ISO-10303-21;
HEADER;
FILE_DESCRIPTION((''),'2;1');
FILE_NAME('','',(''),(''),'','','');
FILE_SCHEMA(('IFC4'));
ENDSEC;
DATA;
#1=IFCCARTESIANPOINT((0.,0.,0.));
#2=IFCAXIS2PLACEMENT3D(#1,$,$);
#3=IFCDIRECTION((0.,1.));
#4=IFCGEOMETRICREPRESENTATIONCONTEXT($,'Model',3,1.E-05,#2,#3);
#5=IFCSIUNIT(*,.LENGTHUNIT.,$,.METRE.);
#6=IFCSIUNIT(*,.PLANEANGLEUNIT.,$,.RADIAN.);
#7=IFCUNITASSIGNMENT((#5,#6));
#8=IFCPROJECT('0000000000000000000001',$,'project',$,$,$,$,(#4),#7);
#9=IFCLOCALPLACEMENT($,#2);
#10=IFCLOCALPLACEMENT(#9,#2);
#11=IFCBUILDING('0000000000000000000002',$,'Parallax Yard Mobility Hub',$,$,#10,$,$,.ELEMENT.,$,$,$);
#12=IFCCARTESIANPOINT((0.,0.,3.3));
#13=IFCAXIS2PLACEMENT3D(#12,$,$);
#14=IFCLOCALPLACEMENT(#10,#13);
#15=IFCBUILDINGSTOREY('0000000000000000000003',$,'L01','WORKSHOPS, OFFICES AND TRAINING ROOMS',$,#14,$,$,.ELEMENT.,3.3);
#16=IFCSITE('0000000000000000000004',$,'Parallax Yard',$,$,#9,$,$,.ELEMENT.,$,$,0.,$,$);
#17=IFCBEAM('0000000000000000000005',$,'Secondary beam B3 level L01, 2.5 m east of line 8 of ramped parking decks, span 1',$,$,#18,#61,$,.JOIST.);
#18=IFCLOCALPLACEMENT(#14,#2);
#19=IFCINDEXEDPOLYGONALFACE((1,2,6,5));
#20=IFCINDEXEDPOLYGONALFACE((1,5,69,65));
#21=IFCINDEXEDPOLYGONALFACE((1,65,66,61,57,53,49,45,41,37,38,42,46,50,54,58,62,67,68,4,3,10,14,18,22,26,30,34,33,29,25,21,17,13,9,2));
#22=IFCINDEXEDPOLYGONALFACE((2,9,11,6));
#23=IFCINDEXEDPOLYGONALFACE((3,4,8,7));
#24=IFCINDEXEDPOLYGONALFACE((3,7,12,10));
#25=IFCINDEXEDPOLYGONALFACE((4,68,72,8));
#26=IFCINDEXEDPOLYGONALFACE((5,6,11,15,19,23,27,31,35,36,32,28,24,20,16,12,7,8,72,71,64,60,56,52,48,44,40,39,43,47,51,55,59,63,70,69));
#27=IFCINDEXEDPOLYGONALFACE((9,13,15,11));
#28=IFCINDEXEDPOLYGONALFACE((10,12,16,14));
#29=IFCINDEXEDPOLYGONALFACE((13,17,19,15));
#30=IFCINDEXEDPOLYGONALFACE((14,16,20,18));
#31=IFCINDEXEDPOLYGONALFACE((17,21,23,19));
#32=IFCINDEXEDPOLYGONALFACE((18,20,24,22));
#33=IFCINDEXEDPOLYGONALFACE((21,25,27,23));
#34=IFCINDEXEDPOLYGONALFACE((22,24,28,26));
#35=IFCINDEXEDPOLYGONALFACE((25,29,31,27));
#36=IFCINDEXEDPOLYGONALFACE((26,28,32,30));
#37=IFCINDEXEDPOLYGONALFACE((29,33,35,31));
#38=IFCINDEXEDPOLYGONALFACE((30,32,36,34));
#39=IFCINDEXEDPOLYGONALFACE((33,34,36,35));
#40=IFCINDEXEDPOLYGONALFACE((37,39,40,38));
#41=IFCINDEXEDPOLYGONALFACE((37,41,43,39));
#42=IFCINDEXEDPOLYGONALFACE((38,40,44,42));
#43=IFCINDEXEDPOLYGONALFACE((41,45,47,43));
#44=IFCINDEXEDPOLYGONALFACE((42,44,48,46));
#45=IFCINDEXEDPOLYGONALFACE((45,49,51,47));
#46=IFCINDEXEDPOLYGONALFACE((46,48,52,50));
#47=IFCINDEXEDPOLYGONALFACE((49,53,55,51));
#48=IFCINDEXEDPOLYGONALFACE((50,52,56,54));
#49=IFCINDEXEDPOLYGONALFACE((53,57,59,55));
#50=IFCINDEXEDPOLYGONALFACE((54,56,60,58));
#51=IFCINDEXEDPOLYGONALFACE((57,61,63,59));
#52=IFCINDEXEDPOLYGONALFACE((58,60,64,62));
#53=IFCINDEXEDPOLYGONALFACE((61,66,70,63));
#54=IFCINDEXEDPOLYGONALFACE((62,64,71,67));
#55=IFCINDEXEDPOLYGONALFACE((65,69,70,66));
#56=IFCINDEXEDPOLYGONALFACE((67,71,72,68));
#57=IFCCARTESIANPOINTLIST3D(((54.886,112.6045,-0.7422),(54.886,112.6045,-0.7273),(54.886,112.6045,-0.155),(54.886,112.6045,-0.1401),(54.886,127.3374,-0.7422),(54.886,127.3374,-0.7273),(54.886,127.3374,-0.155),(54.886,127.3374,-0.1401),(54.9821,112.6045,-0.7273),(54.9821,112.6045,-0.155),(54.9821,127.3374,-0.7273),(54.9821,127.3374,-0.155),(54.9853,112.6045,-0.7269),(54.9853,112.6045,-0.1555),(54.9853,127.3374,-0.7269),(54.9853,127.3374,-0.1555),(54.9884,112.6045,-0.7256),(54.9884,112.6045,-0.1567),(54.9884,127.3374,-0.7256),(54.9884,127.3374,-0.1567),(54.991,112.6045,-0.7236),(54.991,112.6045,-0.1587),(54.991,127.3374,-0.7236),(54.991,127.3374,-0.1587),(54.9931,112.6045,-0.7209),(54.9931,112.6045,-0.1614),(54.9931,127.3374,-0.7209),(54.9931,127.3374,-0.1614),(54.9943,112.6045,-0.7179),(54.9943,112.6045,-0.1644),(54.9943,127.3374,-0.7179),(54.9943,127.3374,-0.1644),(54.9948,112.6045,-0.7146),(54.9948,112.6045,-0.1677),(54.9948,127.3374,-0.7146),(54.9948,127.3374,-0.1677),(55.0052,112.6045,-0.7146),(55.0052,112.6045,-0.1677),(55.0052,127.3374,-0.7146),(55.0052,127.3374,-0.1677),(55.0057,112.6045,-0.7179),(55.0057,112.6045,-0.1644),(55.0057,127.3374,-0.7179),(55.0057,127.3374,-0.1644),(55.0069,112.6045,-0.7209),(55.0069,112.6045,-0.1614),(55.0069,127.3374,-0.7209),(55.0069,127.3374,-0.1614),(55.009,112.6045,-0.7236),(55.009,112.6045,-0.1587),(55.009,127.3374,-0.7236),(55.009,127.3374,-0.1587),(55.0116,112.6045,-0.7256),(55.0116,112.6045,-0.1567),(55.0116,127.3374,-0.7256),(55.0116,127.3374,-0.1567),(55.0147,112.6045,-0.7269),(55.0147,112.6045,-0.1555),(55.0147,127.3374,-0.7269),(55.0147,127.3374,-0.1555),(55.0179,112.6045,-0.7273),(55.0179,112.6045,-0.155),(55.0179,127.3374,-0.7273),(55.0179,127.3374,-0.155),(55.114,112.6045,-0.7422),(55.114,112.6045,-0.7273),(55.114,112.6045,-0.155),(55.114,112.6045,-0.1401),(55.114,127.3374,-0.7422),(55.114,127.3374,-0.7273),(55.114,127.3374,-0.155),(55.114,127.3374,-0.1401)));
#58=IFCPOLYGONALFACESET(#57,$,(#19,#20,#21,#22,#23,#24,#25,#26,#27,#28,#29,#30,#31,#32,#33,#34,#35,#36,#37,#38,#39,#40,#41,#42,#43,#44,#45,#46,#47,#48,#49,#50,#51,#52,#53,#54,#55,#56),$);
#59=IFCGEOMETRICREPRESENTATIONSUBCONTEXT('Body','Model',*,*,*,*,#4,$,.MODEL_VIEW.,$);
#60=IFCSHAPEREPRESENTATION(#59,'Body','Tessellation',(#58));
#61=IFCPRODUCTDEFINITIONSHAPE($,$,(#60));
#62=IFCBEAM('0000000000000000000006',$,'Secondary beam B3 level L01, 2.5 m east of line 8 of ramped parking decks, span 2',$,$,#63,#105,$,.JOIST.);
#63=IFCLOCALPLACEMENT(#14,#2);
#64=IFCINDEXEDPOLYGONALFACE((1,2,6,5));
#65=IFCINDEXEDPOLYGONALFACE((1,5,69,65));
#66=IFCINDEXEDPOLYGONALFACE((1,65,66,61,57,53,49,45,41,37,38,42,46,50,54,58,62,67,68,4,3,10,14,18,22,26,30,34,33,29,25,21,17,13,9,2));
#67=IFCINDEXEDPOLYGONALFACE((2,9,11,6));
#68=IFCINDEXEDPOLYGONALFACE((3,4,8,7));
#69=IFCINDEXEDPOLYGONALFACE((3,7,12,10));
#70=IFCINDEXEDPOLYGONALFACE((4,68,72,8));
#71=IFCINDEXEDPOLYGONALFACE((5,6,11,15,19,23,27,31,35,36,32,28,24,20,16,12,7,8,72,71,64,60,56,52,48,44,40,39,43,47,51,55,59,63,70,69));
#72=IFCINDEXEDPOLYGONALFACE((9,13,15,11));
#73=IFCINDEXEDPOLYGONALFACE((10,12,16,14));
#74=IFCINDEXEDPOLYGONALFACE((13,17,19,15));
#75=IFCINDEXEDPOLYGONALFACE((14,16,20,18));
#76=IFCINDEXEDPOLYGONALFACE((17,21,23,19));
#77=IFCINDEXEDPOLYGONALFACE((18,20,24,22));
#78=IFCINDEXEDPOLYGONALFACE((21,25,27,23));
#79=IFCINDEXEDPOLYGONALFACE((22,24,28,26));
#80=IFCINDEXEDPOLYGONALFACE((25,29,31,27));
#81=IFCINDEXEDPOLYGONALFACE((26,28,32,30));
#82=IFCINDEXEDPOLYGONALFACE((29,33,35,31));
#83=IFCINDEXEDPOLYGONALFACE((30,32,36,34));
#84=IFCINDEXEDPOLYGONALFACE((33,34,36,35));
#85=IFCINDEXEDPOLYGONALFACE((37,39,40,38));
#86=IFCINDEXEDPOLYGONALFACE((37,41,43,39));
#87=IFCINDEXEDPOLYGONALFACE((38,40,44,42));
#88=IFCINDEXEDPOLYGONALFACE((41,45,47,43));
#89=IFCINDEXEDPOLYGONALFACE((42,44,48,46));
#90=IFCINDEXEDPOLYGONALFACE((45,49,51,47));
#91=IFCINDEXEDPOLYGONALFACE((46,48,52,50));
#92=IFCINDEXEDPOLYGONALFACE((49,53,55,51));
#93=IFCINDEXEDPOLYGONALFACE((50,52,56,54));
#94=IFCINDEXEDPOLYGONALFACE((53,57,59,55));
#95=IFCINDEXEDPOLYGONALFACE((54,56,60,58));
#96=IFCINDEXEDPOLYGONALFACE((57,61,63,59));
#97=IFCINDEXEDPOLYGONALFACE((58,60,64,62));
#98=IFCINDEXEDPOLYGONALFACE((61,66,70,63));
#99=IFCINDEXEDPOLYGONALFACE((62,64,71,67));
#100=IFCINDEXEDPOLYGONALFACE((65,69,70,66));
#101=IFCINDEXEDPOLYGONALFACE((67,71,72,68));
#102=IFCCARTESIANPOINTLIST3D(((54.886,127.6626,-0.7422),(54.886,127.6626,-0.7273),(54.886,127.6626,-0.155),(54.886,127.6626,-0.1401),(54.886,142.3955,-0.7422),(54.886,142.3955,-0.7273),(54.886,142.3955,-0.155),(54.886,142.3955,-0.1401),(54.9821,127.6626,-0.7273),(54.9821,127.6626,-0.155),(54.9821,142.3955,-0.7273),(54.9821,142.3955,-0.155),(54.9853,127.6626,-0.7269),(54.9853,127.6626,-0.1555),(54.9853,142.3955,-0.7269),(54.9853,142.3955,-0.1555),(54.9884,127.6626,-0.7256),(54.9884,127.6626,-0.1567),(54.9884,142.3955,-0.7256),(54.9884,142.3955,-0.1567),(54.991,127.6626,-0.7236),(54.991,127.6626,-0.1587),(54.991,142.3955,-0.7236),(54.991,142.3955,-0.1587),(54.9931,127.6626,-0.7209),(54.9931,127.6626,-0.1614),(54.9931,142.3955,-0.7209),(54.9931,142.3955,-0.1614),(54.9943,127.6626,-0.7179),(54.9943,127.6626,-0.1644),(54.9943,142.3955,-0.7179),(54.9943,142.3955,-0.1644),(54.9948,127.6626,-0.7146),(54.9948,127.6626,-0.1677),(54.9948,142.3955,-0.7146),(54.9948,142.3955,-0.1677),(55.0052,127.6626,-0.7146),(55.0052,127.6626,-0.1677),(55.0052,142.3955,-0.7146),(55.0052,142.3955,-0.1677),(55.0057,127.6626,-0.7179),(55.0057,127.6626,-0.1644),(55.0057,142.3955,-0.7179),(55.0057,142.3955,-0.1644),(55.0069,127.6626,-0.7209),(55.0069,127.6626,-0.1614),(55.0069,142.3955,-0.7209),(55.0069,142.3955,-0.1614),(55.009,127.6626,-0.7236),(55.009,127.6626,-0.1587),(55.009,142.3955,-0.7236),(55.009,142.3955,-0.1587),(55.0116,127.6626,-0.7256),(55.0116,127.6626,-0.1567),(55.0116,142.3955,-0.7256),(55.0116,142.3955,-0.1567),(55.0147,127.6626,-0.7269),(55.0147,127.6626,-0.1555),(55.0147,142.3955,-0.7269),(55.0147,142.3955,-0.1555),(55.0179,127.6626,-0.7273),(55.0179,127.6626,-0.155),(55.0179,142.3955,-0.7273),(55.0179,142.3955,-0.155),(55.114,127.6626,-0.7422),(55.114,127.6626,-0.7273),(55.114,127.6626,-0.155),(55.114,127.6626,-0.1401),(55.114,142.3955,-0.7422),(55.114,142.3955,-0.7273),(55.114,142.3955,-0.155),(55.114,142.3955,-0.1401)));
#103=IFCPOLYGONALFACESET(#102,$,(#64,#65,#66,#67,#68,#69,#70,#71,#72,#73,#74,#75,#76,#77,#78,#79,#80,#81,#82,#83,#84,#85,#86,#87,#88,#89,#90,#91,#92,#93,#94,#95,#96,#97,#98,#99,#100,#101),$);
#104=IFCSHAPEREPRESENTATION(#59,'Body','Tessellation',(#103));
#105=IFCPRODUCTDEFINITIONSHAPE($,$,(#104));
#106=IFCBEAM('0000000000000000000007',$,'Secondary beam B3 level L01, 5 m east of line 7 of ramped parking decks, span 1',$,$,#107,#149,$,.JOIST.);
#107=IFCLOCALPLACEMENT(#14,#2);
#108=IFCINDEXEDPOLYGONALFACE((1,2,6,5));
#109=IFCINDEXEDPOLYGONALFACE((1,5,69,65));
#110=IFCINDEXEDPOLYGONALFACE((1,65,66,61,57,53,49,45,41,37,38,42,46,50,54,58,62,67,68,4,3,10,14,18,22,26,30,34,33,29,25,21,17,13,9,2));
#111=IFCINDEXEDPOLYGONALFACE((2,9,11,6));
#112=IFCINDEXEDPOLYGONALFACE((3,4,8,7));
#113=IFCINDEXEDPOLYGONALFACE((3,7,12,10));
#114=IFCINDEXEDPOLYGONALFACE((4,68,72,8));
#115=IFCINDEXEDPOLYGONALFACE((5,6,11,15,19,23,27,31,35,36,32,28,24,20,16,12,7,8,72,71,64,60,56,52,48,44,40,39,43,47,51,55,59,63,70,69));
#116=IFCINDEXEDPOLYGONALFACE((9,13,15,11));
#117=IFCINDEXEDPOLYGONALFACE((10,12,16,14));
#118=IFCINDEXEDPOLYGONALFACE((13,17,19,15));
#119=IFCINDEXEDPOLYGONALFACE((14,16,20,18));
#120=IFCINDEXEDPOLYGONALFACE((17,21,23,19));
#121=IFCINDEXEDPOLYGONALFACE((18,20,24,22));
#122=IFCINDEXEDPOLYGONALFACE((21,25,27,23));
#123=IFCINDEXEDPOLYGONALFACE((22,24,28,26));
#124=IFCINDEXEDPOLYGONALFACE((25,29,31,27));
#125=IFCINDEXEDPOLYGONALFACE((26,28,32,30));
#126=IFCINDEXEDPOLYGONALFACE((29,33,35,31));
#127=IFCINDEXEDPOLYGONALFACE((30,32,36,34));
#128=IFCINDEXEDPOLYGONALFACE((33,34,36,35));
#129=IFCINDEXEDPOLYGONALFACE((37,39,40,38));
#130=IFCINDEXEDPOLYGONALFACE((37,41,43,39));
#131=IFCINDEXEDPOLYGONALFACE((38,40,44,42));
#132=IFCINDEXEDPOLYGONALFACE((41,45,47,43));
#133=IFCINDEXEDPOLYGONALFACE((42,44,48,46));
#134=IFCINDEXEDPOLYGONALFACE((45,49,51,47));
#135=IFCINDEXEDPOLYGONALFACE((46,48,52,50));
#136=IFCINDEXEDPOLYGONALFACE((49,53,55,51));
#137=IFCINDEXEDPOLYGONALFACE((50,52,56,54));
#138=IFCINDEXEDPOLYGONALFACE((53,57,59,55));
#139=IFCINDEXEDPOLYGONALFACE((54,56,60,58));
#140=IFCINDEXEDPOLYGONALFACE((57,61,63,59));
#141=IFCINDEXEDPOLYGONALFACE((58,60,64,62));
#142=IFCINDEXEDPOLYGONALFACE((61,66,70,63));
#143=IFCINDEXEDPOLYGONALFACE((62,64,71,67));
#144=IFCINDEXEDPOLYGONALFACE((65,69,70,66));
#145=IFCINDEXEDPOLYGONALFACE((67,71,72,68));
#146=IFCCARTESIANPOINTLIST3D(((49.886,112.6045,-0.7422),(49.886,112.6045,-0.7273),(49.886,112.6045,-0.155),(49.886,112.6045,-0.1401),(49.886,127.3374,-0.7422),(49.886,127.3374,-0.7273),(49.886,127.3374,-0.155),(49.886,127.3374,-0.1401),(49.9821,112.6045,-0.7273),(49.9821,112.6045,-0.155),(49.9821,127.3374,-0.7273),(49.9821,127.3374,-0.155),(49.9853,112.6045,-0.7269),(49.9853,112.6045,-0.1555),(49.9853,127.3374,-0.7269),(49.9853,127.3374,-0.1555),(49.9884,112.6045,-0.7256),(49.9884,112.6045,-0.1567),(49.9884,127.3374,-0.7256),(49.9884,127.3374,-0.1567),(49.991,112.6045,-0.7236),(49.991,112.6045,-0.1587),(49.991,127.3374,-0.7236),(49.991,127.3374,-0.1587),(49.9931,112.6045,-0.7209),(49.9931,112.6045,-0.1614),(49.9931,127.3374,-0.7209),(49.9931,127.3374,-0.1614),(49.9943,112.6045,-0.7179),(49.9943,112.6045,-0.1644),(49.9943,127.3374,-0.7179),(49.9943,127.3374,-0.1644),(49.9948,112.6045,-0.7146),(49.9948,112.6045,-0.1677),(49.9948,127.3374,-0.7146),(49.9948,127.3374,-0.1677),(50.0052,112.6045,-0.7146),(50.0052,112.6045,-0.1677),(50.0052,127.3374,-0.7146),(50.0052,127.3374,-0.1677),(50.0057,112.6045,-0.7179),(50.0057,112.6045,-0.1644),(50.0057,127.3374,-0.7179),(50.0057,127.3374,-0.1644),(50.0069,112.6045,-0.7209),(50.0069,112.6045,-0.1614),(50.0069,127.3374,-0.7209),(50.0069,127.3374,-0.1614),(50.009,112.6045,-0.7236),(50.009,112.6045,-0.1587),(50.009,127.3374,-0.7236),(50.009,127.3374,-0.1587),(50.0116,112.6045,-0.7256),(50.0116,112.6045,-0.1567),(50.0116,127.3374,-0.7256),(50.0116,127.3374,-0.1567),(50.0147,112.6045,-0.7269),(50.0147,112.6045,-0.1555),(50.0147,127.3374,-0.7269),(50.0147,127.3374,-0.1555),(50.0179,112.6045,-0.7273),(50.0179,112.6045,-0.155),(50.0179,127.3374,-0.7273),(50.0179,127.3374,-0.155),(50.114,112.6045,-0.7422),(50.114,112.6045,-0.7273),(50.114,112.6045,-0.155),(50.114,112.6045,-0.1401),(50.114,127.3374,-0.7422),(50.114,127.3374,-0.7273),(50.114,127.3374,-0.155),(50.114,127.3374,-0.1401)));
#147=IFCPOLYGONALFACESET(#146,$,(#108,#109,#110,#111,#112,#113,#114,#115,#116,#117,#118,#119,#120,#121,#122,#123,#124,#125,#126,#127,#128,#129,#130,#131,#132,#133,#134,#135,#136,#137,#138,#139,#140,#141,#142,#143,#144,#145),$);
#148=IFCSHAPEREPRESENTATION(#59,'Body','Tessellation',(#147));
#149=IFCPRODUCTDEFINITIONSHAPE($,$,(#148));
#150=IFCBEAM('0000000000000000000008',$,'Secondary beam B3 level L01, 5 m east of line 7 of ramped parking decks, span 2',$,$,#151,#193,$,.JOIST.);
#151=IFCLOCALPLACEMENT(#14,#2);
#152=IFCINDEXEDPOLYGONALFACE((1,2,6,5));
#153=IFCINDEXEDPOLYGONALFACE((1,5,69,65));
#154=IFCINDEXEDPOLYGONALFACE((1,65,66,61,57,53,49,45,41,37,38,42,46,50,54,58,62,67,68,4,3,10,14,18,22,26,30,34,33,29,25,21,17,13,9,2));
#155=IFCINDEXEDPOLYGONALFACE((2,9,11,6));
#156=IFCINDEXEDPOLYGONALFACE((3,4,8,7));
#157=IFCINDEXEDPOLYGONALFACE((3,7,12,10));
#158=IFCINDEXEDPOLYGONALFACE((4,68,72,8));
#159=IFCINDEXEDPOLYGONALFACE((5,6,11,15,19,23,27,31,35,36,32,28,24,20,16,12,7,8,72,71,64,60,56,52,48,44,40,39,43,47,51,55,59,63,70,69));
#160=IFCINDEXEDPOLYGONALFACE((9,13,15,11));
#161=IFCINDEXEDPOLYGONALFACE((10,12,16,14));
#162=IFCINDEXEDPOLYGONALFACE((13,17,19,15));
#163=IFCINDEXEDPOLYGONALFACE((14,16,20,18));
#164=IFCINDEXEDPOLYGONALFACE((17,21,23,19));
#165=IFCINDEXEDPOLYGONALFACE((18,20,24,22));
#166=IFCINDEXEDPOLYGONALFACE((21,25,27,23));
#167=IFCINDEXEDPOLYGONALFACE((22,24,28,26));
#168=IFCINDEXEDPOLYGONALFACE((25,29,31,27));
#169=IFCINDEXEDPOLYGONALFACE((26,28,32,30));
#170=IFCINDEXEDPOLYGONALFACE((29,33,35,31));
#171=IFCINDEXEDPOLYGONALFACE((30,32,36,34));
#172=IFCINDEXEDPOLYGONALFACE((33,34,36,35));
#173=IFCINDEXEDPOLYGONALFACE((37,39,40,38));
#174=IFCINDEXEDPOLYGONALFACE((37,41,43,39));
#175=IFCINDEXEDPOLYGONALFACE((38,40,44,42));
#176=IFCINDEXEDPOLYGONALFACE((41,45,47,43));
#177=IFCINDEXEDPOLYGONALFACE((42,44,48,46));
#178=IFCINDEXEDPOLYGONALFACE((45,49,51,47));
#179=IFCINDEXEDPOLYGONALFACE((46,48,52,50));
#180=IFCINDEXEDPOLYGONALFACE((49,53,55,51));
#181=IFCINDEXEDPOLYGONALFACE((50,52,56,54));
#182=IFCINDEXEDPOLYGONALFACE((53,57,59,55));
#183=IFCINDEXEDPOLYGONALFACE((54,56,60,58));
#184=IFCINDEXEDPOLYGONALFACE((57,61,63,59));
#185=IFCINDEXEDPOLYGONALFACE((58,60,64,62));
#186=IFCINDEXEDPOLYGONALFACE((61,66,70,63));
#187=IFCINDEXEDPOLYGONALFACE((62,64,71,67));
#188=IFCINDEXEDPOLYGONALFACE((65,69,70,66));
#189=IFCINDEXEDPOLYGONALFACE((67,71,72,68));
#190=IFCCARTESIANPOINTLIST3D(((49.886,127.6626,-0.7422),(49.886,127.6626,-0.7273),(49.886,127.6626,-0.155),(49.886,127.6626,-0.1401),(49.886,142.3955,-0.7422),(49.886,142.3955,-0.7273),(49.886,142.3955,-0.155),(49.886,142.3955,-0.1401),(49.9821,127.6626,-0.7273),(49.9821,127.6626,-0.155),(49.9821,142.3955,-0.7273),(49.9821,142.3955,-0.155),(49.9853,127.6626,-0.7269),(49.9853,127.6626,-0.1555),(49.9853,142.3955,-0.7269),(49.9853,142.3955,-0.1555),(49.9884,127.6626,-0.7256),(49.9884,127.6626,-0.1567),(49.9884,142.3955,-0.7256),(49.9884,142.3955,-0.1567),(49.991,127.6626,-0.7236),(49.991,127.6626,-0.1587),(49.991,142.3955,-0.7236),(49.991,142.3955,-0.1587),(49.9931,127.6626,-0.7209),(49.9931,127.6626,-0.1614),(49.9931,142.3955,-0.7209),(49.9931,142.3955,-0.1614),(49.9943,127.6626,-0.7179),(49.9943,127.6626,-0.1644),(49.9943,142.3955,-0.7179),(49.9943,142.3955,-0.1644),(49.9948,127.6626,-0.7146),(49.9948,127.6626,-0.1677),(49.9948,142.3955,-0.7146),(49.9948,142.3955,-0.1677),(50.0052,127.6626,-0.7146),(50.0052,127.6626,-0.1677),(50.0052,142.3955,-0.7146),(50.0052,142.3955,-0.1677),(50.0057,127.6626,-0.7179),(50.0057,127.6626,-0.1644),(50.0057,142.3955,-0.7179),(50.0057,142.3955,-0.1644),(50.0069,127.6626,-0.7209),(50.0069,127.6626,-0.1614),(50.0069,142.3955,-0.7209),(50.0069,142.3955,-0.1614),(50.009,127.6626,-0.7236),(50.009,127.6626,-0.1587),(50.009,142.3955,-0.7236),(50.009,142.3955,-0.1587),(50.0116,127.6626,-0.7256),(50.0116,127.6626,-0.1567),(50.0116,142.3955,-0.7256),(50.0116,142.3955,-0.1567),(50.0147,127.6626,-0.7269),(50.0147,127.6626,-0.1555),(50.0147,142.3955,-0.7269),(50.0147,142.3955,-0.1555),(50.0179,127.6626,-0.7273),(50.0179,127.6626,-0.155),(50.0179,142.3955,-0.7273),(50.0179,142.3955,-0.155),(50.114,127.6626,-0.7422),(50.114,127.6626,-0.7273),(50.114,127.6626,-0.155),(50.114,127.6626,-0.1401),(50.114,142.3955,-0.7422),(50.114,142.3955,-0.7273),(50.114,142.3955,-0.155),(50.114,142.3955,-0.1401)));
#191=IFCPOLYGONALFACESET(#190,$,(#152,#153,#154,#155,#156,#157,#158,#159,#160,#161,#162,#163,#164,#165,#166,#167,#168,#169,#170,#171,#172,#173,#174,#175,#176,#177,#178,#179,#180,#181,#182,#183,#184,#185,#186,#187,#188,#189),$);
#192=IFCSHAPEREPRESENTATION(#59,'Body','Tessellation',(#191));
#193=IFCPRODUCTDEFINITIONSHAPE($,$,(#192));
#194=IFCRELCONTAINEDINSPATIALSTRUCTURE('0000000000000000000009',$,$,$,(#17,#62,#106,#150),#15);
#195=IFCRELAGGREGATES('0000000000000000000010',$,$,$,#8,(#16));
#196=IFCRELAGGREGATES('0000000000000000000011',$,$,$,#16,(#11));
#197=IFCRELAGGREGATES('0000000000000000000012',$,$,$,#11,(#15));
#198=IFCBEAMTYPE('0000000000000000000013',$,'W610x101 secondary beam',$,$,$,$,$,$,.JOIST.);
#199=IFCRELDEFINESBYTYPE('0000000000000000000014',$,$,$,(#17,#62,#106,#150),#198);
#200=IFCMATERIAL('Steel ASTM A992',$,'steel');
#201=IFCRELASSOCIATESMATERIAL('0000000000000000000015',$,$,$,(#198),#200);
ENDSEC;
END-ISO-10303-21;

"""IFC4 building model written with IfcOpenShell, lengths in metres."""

from ifc_helpers import new_model, si_unit, direction, frame, origin, origin_2d, place, context, subcontext, project, spatial, i_section, extrude, material, material_profile, profile_set, type_object, element, save


model = new_model("IFC4")

# Units and contexts
model_context = context("Model", 3, precision=1e-05, world=origin(), true_north=direction((0.0, 1.0)))
body_context = subcontext(model_context, "Body", "Model", "MODEL_VIEW")
ifc_project = project(units=[si_unit("LENGTHUNIT", "METRE"), si_unit("PLANEANGLEUNIT", "RADIAN")], contexts=[model_context])

# Site, building, storey
site_placement = place(None, origin())
site = spatial("IfcSite", under=ifc_project, at=site_placement, Name="Parallax Yard", CompositionType="ELEMENT", RefElevation=0.0)
building_placement = place(site_placement, origin())
building = spatial("IfcBuilding", under=site, at=building_placement, Name="Parallax Yard Mobility Hub", CompositionType="ELEMENT")
storey_placement = place(building_placement, frame((0.0, 0.0, 3.3)))
storey = spatial("IfcBuildingStorey", under=building, at=storey_placement, Name="L01", Description="WORKSHOPS, OFFICES AND TRAINING ROOMS", CompositionType="ELEMENT", Elevation=3.3)

# Shared definitions
ifc_material_1 = material(Name="Steel ASTM A992", Category="steel")

# Beams
ifc_material_profile_1 = material_profile(ifc_material_1, i_section(OverallWidth=0.228, OverallDepth=0.6021, WebThickness=0.0105, FlangeThickness=0.0149, FilletRadius=0.0127, at=origin_2d()), Name="W610x101")
ifc_profile_set_1 = profile_set([ifc_material_profile_1], Name="Steel ASTM A992")
beam_type_1 = type_object("IfcBeamType", Name="W610x101 secondary beam", PredefinedType="JOIST", material=ifc_profile_set_1)
for number, where, z_axis, x_axis, name in (
    (1, (55.0, 112.6045, -0.4412), (0.0, 1.0, 0.0), (-1.0, 0.0, 0.0), "Secondary beam B3 level L01, 2.5 m east of line 8 of ramped parking decks, span 1"),
    (2, (55.0, 127.6626, -0.4412), (0.0, 1.0, 0.0), (-1.0, 0.0, 0.0), "Secondary beam B3 level L01, 2.5 m east of line 8 of ramped parking decks, span 2"),
    (3, (50.0, 112.6045, -0.4412), (0.0, 1.0, 0.0), (-1.0, 0.0, 0.0), "Secondary beam B3 level L01, 5 m east of line 7 of ramped parking decks, span 1"),
    (4, (50.0, 127.6626, -0.4412), (0.0, 1.0, 0.0), (-1.0, 0.0, 0.0), "Secondary beam B3 level L01, 5 m east of line 7 of ramped parking decks, span 2"),
):
    element("IfcBeam", number, at=place(storey_placement, frame(where, z_axis=z_axis, x_axis=x_axis)), inside=storey, type_object=beam_type_1, Name=name, PredefinedType="JOIST", context=body_context, shape_type="SweptSolid", body=[
        extrude(i_section(OverallWidth=0.228, OverallDepth=0.6021, WebThickness=0.0105, FlangeThickness=0.0149, FilletRadius=0.0127, at=origin_2d()), origin(), (0.0, 0.0, 1.0), 14.7329),
    ])

save(model, "model.ifc")
